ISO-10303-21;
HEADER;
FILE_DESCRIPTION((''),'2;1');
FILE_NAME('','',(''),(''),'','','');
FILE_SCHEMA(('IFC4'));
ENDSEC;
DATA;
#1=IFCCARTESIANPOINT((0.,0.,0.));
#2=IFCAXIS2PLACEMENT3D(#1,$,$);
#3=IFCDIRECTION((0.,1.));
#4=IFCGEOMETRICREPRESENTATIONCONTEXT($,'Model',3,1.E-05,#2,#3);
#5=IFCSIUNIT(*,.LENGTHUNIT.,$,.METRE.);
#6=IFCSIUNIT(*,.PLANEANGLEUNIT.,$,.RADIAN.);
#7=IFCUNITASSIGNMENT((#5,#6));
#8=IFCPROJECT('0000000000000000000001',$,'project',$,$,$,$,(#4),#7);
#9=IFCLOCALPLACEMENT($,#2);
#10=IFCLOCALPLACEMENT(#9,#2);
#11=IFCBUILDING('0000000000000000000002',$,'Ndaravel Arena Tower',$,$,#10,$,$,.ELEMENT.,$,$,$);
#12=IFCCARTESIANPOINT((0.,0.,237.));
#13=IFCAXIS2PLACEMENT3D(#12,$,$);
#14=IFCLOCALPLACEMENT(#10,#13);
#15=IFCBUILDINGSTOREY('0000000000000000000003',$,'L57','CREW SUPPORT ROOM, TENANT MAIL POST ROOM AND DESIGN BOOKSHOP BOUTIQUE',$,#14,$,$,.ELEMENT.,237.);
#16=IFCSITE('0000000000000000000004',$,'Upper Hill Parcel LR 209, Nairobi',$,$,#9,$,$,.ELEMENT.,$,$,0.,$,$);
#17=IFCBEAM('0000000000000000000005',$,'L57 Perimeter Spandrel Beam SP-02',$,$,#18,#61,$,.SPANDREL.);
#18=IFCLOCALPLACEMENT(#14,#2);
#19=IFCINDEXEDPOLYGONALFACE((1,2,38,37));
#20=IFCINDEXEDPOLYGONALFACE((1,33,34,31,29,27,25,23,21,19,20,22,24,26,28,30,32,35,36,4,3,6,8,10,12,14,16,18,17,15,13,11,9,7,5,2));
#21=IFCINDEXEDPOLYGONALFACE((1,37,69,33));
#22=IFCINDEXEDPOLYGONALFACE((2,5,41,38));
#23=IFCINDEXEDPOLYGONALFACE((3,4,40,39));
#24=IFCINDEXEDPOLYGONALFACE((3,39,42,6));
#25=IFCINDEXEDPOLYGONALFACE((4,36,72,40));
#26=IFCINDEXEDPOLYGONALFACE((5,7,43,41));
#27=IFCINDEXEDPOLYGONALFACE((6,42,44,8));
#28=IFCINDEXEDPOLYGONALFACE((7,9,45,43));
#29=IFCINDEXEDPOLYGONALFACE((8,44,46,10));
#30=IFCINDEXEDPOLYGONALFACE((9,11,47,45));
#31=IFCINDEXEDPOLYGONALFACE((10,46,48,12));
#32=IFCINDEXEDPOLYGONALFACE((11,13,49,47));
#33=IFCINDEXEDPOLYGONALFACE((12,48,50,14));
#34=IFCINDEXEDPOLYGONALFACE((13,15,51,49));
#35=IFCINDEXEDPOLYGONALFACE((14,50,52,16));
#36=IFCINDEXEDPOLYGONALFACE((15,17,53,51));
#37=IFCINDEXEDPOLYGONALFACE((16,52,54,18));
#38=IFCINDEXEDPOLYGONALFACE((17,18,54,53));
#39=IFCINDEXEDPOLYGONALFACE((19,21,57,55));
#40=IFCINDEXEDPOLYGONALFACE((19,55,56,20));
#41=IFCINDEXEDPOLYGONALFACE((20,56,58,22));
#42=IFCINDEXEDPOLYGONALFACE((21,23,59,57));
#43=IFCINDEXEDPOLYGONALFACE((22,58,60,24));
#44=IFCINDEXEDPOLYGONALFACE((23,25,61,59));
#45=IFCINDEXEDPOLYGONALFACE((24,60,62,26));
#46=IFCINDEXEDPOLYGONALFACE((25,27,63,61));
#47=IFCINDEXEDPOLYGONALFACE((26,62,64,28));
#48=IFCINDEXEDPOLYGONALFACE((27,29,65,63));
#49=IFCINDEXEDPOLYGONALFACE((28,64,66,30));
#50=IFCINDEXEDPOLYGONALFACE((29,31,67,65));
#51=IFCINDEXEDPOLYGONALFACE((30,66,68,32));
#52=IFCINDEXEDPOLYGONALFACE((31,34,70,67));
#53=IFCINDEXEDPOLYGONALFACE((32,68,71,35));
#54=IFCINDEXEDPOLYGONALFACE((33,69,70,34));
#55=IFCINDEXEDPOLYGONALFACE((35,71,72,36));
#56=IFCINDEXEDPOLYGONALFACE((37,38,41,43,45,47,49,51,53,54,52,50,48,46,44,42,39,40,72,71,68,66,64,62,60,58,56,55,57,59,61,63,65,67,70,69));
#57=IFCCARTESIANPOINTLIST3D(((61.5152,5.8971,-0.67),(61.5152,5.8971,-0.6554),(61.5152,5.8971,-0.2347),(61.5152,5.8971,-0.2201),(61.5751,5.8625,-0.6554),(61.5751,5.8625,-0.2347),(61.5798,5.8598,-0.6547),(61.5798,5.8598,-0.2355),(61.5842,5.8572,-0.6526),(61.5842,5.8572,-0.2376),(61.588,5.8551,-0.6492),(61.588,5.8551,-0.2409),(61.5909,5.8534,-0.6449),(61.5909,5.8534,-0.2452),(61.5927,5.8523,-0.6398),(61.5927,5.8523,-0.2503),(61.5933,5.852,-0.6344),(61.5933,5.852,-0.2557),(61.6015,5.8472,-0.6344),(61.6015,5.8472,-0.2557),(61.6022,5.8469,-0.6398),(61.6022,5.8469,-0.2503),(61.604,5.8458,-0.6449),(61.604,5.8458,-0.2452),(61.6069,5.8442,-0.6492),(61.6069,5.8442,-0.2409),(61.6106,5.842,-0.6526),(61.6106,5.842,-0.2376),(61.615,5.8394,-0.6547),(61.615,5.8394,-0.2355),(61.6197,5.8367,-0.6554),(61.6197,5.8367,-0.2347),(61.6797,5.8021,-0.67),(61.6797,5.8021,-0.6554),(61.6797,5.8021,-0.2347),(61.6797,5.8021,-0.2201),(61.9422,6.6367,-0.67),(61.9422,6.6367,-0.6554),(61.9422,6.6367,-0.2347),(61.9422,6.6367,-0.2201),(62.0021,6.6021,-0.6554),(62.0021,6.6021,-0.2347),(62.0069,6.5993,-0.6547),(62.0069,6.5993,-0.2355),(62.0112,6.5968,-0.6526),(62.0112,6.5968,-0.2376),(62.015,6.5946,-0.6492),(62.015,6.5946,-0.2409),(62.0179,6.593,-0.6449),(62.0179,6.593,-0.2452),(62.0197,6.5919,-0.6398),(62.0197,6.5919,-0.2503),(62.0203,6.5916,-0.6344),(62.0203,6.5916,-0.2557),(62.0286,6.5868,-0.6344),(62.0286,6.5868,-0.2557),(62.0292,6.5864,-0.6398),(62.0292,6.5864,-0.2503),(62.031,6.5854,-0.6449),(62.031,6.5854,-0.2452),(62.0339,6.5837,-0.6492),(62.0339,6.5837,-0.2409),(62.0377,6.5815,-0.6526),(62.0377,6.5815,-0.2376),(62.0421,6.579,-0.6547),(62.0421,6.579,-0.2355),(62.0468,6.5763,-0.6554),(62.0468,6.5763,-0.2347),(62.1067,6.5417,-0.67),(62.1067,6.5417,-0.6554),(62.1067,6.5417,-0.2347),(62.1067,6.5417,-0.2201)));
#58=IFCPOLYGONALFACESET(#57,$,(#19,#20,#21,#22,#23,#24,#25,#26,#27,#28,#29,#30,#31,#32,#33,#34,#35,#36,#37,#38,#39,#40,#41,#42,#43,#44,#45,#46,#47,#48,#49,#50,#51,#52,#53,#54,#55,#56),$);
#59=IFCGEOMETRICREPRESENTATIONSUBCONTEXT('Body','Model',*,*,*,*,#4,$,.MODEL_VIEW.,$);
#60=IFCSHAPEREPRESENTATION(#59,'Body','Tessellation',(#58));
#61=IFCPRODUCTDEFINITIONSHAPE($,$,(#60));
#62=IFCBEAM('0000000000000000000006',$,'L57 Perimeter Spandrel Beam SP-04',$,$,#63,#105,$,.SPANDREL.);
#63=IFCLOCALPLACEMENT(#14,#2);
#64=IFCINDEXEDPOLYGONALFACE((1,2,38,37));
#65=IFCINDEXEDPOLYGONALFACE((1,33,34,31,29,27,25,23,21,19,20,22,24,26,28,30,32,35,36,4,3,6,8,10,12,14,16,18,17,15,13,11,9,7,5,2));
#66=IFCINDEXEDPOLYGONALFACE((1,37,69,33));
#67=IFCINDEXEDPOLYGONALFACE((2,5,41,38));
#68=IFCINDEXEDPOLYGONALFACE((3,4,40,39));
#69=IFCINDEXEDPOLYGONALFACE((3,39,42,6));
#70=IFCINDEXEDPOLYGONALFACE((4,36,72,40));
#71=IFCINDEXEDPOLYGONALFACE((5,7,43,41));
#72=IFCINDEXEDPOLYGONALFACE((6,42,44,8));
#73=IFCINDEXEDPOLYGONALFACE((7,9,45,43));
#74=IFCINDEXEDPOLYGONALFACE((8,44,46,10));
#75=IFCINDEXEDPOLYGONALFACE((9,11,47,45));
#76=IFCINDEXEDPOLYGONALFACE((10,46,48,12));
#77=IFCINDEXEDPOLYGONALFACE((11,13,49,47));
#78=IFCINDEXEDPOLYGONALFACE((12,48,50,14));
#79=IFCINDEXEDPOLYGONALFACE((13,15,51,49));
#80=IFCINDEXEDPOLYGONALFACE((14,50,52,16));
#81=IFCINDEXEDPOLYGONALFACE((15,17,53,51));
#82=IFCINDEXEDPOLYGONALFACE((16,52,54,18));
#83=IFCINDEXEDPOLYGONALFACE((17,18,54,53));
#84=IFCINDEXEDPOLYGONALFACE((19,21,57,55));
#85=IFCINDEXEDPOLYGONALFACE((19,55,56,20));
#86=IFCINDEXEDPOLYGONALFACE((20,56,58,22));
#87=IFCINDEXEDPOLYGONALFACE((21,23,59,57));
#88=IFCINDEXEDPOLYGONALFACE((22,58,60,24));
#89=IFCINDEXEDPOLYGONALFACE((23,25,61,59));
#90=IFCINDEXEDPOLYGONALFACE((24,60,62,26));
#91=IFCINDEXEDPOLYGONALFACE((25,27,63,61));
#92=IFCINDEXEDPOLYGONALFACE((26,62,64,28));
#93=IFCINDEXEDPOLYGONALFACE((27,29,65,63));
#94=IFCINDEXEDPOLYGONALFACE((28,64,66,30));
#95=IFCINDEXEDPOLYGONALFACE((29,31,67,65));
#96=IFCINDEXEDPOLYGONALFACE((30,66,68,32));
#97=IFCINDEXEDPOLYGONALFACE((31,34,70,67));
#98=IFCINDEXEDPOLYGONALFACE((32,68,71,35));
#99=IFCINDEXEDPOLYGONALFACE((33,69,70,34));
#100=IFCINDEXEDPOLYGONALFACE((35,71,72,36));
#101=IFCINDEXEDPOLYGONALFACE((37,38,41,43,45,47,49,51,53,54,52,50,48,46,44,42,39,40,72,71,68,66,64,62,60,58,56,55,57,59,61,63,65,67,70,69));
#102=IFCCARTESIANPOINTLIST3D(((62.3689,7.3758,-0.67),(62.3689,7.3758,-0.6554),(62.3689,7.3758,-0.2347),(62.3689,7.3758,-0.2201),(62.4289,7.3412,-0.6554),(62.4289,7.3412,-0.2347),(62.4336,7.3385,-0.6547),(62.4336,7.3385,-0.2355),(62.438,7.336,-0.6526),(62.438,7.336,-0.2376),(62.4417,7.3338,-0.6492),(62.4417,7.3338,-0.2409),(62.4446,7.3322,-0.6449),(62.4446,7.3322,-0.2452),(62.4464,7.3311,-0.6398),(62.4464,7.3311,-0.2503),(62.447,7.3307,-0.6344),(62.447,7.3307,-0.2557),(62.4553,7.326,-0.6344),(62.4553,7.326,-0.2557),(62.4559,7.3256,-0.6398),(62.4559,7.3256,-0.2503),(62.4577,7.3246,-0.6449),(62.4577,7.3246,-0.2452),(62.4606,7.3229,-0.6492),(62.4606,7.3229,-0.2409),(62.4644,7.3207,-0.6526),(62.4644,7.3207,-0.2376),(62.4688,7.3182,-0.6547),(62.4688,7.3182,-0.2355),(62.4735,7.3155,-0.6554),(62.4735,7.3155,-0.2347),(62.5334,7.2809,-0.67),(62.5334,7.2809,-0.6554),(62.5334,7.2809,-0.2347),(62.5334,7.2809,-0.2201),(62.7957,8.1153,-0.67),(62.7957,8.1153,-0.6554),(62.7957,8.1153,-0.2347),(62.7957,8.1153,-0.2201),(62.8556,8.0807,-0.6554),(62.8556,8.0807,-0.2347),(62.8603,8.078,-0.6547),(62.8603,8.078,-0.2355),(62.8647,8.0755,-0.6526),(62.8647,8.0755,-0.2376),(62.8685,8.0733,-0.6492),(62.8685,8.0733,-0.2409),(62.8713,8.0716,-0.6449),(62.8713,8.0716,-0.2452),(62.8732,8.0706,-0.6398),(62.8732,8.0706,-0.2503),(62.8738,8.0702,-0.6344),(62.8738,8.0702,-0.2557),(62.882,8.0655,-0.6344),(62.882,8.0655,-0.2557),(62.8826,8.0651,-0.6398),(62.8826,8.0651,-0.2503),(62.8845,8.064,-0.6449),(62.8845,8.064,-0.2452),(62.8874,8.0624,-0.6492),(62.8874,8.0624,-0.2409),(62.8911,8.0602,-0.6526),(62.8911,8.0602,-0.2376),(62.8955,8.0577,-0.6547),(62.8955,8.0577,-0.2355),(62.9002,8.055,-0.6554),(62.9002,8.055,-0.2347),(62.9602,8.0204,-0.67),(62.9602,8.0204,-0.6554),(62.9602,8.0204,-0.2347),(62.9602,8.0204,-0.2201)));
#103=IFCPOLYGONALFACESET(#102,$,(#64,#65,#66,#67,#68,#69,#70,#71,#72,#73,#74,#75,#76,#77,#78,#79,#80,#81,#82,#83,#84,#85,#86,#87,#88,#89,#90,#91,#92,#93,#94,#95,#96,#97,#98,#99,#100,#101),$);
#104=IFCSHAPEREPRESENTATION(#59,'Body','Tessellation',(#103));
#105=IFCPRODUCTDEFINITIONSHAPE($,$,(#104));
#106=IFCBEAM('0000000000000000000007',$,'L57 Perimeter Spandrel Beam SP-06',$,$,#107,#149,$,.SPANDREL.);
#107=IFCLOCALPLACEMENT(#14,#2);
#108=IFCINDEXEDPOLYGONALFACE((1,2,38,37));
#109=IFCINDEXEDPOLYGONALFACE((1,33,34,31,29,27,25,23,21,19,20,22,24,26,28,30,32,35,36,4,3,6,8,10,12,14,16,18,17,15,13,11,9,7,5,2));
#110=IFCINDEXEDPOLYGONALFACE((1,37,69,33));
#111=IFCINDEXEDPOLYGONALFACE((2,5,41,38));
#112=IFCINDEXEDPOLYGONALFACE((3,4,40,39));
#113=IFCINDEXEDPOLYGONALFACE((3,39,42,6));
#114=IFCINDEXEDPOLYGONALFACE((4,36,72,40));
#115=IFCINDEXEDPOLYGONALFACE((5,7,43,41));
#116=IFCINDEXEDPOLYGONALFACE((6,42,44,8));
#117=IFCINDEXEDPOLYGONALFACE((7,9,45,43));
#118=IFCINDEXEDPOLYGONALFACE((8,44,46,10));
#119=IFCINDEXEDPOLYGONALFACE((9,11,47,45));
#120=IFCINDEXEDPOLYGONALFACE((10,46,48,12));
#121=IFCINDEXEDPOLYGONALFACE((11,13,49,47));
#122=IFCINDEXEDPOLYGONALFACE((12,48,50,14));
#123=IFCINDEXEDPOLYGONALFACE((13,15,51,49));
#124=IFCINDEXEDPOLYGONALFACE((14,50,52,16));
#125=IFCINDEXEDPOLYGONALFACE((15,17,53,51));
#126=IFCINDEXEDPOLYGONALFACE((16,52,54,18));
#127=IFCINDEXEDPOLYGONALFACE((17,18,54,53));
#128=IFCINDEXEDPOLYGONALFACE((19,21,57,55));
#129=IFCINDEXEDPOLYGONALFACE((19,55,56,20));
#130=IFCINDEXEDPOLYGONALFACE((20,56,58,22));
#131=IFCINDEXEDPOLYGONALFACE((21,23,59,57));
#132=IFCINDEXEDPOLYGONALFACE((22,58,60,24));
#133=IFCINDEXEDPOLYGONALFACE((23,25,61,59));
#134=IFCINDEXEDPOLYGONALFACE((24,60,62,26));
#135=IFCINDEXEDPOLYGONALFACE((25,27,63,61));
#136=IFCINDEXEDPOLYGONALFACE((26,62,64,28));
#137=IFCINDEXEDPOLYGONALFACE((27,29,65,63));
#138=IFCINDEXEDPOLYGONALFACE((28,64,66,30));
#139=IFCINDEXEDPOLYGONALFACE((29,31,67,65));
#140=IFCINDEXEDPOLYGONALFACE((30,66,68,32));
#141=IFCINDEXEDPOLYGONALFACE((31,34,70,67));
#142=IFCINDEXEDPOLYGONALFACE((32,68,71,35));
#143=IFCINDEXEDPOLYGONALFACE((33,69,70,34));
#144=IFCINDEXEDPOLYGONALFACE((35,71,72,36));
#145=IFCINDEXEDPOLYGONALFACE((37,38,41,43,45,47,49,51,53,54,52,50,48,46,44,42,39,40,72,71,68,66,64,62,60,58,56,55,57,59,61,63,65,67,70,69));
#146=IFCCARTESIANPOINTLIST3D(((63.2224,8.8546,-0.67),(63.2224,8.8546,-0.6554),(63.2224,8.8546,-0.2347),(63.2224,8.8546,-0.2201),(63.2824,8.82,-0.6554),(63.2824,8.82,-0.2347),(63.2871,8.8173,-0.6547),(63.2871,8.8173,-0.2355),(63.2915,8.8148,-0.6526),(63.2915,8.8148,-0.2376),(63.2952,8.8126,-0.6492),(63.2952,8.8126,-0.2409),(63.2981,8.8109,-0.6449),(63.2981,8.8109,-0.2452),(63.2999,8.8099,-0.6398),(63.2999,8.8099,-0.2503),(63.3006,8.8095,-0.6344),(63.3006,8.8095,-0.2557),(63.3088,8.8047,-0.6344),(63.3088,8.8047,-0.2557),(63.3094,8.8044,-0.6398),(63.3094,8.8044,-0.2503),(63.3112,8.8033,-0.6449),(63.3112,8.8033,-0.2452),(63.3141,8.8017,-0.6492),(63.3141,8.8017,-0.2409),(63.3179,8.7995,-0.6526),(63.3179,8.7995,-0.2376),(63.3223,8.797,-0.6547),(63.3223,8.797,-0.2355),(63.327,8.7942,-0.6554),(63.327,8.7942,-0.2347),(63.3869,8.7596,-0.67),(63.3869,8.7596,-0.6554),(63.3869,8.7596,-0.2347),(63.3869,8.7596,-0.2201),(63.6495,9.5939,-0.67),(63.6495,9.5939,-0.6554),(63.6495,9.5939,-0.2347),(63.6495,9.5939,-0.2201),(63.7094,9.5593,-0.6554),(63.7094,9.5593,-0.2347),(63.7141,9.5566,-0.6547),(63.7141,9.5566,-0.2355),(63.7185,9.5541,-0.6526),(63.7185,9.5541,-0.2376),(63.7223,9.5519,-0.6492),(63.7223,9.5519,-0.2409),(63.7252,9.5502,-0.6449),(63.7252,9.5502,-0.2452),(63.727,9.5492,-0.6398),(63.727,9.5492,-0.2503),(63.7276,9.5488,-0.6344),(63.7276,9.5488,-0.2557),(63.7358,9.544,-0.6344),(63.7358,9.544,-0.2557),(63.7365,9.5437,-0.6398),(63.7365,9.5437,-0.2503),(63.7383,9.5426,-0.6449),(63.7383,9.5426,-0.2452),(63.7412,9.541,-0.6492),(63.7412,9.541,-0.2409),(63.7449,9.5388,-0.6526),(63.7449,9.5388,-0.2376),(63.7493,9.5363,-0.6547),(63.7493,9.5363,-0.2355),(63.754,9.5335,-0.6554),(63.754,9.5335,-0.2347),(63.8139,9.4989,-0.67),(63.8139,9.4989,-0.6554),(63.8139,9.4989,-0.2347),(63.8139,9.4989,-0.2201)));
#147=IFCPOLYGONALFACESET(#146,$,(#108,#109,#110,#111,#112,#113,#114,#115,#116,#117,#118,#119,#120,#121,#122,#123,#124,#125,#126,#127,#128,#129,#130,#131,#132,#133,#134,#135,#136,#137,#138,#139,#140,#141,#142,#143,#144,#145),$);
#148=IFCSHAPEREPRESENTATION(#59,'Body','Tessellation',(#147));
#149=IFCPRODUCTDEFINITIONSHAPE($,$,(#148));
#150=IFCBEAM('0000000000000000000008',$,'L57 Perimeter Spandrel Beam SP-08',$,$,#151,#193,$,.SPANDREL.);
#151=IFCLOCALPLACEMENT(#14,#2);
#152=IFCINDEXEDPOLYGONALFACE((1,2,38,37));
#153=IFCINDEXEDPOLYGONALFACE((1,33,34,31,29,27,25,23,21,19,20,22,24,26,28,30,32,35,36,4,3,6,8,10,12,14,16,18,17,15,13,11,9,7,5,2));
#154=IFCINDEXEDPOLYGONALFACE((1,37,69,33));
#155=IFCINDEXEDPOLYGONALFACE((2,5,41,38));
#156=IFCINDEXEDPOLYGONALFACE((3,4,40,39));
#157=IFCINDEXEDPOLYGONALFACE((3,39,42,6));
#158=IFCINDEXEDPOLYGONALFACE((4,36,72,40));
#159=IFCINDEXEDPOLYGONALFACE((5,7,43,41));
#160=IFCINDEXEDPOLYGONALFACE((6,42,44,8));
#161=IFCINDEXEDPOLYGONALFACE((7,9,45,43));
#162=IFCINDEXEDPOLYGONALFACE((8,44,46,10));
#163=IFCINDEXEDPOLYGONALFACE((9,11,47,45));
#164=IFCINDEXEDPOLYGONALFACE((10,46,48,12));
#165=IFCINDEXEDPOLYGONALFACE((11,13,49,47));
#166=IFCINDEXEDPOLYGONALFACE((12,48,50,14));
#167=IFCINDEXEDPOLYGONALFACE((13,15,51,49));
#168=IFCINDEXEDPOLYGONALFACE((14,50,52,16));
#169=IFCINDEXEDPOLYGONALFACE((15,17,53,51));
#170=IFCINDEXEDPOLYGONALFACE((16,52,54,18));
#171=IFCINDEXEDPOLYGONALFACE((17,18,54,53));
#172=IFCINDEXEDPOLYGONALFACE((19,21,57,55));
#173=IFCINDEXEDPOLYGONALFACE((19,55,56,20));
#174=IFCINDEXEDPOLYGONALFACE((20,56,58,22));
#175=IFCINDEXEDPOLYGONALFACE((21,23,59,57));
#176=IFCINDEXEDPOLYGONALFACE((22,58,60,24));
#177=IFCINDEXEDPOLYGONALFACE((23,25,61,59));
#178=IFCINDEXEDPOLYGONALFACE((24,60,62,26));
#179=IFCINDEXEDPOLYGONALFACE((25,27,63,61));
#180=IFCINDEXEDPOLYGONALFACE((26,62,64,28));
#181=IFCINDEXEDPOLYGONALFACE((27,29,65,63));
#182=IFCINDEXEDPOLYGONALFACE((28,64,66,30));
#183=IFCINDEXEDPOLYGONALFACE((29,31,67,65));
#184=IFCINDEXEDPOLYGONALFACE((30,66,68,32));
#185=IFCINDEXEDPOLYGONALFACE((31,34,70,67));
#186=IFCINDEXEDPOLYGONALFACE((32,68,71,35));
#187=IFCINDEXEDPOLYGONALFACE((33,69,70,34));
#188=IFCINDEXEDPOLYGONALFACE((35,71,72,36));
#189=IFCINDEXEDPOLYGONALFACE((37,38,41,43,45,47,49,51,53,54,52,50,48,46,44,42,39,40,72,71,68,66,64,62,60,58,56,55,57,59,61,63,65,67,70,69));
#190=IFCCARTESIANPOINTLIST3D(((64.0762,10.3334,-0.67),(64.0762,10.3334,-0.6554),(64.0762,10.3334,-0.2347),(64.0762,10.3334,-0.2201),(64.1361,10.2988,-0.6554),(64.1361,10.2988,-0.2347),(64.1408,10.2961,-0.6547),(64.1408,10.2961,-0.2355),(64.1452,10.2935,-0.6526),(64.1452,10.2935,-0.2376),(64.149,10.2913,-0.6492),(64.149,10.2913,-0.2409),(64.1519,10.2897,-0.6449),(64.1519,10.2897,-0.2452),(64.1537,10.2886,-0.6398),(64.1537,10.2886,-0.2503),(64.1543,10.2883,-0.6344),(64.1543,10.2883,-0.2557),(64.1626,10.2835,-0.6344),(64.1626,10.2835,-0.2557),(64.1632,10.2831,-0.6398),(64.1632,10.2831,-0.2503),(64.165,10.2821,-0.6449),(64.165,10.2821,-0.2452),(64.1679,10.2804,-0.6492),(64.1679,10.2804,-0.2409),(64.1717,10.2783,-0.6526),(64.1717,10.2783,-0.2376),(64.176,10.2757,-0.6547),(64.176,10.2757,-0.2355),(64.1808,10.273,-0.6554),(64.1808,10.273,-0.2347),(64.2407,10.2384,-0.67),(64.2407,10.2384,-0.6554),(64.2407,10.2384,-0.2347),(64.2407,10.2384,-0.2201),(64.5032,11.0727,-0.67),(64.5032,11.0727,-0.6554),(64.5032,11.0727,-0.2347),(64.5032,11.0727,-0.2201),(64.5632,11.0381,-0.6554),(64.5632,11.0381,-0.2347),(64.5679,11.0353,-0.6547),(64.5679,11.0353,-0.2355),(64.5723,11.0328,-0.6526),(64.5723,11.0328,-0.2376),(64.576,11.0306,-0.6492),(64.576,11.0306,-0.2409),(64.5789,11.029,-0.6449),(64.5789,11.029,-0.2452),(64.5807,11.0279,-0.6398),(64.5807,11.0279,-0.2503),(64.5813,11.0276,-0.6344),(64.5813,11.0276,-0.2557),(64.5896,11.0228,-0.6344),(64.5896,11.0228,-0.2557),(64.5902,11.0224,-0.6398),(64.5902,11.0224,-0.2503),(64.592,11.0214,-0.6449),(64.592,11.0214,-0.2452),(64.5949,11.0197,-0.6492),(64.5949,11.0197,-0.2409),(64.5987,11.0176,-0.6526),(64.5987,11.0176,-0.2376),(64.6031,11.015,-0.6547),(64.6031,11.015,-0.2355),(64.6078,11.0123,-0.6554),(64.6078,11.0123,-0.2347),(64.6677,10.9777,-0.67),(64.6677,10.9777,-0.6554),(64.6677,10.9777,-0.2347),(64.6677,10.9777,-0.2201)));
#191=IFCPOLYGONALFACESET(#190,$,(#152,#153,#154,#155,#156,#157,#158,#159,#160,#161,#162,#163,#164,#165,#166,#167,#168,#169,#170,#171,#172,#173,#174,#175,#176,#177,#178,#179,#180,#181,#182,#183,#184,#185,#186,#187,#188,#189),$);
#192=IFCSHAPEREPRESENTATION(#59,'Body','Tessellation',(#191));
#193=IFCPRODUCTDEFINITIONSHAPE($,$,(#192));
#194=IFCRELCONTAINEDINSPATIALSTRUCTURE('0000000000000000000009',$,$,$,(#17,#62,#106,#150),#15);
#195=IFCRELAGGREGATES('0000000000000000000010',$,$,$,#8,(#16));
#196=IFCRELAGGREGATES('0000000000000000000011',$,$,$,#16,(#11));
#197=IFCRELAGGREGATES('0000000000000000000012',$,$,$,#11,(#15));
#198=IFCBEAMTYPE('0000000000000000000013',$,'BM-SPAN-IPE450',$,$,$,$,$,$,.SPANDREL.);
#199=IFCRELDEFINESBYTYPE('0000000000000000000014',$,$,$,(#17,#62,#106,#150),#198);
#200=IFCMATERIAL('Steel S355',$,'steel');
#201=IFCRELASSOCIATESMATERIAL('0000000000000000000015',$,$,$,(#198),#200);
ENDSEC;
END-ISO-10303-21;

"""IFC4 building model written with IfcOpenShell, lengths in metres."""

from ifc_helpers import new_model, si_unit, direction, frame, origin, origin_2d, place, context, subcontext, project, spatial, i_section, extrude, material, material_profile, profile_set, type_object, element, save


model = new_model("IFC4")

# Units and contexts
model_context = context("Model", 3, precision=1e-05, world=origin(), true_north=direction((0.0, 1.0)))
body_context = subcontext(model_context, "Body", "Model", "MODEL_VIEW")
ifc_project = project(units=[si_unit("LENGTHUNIT", "METRE"), si_unit("PLANEANGLEUNIT", "RADIAN")], contexts=[model_context])

# Site, building, storey
site_placement = place(None, origin())
site = spatial("IfcSite", under=ifc_project, at=site_placement, Name="Upper Hill Parcel LR 209, Nairobi", CompositionType="ELEMENT", RefElevation=0.0)
building_placement = place(site_placement, origin())
building = spatial("IfcBuilding", under=site, at=building_placement, Name="Ndaravel Arena Tower", CompositionType="ELEMENT")
storey_placement = place(building_placement, frame((0.0, 0.0, 237.0)))
storey = spatial("IfcBuildingStorey", under=building, at=storey_placement, Name="L57", Description="CREW SUPPORT ROOM, TENANT MAIL POST ROOM AND DESIGN BOOKSHOP BOUTIQUE", CompositionType="ELEMENT", Elevation=237.0)

# Beams
ifc_material_1 = material(Name="Steel S355", Category="steel")
ifc_material_profile_1 = material_profile(ifc_material_1, i_section(OverallWidth=0.1899, OverallDepth=0.45, WebThickness=0.0095, FlangeThickness=0.0146, FilletRadius=0.021, at=origin_2d()), Name="IPE 450")
ifc_profile_set_1 = profile_set([ifc_material_profile_1], Name="Steel S355")
beam_type = type_object("IfcBeamType", Name="BM-SPAN-IPE450", PredefinedType="SPANDREL", material=ifc_profile_set_1)
beam_1_placement = place(storey_placement, frame((61.5974, 5.8496, -0.4451), z_axis=(0.500044, 0.866, 0.0), x_axis=(-0.866, 0.500044, 0.0)))
element("IfcBeam", 1, at=beam_1_placement, inside=storey, type_object=beam_type, Name="L57 Perimeter Spandrel Beam SP-02", PredefinedType="SPANDREL", context=body_context, shape_type="SweptSolid", body=[
    extrude(i_section(OverallWidth=0.1899, OverallDepth=0.45, WebThickness=0.0095, FlangeThickness=0.0146, FilletRadius=0.021, at=origin_2d()), origin(), (0.0, 0.0, 1.0), 0.854),
])
for number, where, z_axis, x_axis, name in (
    (2, (62.4512, 7.3284, -0.4451), (0.49983, 0.866124, 0.0), (-0.866124, 0.49983, 0.0), "L57 Perimeter Spandrel Beam SP-04"),
    (3, (63.3047, 8.8071, -0.4451), (0.500168, 0.865928, 0.0), (-0.865928, 0.500168, 0.0), "L57 Perimeter Spandrel Beam SP-06"),
    (4, (64.1584, 10.2859, -0.4451), (0.500168, 0.865928, 0.0), (-0.865928, 0.500168, 0.0), "L57 Perimeter Spandrel Beam SP-08"),
):
    element("IfcBeam", number, at=place(storey_placement, frame(where, z_axis=z_axis, x_axis=x_axis)), inside=storey, type_object=beam_type, Name=name, PredefinedType="SPANDREL", context=body_context, shape_type="SweptSolid", body=[
        extrude(i_section(OverallWidth=0.1899, OverallDepth=0.45, WebThickness=0.0095, FlangeThickness=0.0146, FilletRadius=0.021, at=origin_2d()), origin(), (0.0, 0.0, 1.0), 0.8538),
    ])

save(model, "model.ifc")
